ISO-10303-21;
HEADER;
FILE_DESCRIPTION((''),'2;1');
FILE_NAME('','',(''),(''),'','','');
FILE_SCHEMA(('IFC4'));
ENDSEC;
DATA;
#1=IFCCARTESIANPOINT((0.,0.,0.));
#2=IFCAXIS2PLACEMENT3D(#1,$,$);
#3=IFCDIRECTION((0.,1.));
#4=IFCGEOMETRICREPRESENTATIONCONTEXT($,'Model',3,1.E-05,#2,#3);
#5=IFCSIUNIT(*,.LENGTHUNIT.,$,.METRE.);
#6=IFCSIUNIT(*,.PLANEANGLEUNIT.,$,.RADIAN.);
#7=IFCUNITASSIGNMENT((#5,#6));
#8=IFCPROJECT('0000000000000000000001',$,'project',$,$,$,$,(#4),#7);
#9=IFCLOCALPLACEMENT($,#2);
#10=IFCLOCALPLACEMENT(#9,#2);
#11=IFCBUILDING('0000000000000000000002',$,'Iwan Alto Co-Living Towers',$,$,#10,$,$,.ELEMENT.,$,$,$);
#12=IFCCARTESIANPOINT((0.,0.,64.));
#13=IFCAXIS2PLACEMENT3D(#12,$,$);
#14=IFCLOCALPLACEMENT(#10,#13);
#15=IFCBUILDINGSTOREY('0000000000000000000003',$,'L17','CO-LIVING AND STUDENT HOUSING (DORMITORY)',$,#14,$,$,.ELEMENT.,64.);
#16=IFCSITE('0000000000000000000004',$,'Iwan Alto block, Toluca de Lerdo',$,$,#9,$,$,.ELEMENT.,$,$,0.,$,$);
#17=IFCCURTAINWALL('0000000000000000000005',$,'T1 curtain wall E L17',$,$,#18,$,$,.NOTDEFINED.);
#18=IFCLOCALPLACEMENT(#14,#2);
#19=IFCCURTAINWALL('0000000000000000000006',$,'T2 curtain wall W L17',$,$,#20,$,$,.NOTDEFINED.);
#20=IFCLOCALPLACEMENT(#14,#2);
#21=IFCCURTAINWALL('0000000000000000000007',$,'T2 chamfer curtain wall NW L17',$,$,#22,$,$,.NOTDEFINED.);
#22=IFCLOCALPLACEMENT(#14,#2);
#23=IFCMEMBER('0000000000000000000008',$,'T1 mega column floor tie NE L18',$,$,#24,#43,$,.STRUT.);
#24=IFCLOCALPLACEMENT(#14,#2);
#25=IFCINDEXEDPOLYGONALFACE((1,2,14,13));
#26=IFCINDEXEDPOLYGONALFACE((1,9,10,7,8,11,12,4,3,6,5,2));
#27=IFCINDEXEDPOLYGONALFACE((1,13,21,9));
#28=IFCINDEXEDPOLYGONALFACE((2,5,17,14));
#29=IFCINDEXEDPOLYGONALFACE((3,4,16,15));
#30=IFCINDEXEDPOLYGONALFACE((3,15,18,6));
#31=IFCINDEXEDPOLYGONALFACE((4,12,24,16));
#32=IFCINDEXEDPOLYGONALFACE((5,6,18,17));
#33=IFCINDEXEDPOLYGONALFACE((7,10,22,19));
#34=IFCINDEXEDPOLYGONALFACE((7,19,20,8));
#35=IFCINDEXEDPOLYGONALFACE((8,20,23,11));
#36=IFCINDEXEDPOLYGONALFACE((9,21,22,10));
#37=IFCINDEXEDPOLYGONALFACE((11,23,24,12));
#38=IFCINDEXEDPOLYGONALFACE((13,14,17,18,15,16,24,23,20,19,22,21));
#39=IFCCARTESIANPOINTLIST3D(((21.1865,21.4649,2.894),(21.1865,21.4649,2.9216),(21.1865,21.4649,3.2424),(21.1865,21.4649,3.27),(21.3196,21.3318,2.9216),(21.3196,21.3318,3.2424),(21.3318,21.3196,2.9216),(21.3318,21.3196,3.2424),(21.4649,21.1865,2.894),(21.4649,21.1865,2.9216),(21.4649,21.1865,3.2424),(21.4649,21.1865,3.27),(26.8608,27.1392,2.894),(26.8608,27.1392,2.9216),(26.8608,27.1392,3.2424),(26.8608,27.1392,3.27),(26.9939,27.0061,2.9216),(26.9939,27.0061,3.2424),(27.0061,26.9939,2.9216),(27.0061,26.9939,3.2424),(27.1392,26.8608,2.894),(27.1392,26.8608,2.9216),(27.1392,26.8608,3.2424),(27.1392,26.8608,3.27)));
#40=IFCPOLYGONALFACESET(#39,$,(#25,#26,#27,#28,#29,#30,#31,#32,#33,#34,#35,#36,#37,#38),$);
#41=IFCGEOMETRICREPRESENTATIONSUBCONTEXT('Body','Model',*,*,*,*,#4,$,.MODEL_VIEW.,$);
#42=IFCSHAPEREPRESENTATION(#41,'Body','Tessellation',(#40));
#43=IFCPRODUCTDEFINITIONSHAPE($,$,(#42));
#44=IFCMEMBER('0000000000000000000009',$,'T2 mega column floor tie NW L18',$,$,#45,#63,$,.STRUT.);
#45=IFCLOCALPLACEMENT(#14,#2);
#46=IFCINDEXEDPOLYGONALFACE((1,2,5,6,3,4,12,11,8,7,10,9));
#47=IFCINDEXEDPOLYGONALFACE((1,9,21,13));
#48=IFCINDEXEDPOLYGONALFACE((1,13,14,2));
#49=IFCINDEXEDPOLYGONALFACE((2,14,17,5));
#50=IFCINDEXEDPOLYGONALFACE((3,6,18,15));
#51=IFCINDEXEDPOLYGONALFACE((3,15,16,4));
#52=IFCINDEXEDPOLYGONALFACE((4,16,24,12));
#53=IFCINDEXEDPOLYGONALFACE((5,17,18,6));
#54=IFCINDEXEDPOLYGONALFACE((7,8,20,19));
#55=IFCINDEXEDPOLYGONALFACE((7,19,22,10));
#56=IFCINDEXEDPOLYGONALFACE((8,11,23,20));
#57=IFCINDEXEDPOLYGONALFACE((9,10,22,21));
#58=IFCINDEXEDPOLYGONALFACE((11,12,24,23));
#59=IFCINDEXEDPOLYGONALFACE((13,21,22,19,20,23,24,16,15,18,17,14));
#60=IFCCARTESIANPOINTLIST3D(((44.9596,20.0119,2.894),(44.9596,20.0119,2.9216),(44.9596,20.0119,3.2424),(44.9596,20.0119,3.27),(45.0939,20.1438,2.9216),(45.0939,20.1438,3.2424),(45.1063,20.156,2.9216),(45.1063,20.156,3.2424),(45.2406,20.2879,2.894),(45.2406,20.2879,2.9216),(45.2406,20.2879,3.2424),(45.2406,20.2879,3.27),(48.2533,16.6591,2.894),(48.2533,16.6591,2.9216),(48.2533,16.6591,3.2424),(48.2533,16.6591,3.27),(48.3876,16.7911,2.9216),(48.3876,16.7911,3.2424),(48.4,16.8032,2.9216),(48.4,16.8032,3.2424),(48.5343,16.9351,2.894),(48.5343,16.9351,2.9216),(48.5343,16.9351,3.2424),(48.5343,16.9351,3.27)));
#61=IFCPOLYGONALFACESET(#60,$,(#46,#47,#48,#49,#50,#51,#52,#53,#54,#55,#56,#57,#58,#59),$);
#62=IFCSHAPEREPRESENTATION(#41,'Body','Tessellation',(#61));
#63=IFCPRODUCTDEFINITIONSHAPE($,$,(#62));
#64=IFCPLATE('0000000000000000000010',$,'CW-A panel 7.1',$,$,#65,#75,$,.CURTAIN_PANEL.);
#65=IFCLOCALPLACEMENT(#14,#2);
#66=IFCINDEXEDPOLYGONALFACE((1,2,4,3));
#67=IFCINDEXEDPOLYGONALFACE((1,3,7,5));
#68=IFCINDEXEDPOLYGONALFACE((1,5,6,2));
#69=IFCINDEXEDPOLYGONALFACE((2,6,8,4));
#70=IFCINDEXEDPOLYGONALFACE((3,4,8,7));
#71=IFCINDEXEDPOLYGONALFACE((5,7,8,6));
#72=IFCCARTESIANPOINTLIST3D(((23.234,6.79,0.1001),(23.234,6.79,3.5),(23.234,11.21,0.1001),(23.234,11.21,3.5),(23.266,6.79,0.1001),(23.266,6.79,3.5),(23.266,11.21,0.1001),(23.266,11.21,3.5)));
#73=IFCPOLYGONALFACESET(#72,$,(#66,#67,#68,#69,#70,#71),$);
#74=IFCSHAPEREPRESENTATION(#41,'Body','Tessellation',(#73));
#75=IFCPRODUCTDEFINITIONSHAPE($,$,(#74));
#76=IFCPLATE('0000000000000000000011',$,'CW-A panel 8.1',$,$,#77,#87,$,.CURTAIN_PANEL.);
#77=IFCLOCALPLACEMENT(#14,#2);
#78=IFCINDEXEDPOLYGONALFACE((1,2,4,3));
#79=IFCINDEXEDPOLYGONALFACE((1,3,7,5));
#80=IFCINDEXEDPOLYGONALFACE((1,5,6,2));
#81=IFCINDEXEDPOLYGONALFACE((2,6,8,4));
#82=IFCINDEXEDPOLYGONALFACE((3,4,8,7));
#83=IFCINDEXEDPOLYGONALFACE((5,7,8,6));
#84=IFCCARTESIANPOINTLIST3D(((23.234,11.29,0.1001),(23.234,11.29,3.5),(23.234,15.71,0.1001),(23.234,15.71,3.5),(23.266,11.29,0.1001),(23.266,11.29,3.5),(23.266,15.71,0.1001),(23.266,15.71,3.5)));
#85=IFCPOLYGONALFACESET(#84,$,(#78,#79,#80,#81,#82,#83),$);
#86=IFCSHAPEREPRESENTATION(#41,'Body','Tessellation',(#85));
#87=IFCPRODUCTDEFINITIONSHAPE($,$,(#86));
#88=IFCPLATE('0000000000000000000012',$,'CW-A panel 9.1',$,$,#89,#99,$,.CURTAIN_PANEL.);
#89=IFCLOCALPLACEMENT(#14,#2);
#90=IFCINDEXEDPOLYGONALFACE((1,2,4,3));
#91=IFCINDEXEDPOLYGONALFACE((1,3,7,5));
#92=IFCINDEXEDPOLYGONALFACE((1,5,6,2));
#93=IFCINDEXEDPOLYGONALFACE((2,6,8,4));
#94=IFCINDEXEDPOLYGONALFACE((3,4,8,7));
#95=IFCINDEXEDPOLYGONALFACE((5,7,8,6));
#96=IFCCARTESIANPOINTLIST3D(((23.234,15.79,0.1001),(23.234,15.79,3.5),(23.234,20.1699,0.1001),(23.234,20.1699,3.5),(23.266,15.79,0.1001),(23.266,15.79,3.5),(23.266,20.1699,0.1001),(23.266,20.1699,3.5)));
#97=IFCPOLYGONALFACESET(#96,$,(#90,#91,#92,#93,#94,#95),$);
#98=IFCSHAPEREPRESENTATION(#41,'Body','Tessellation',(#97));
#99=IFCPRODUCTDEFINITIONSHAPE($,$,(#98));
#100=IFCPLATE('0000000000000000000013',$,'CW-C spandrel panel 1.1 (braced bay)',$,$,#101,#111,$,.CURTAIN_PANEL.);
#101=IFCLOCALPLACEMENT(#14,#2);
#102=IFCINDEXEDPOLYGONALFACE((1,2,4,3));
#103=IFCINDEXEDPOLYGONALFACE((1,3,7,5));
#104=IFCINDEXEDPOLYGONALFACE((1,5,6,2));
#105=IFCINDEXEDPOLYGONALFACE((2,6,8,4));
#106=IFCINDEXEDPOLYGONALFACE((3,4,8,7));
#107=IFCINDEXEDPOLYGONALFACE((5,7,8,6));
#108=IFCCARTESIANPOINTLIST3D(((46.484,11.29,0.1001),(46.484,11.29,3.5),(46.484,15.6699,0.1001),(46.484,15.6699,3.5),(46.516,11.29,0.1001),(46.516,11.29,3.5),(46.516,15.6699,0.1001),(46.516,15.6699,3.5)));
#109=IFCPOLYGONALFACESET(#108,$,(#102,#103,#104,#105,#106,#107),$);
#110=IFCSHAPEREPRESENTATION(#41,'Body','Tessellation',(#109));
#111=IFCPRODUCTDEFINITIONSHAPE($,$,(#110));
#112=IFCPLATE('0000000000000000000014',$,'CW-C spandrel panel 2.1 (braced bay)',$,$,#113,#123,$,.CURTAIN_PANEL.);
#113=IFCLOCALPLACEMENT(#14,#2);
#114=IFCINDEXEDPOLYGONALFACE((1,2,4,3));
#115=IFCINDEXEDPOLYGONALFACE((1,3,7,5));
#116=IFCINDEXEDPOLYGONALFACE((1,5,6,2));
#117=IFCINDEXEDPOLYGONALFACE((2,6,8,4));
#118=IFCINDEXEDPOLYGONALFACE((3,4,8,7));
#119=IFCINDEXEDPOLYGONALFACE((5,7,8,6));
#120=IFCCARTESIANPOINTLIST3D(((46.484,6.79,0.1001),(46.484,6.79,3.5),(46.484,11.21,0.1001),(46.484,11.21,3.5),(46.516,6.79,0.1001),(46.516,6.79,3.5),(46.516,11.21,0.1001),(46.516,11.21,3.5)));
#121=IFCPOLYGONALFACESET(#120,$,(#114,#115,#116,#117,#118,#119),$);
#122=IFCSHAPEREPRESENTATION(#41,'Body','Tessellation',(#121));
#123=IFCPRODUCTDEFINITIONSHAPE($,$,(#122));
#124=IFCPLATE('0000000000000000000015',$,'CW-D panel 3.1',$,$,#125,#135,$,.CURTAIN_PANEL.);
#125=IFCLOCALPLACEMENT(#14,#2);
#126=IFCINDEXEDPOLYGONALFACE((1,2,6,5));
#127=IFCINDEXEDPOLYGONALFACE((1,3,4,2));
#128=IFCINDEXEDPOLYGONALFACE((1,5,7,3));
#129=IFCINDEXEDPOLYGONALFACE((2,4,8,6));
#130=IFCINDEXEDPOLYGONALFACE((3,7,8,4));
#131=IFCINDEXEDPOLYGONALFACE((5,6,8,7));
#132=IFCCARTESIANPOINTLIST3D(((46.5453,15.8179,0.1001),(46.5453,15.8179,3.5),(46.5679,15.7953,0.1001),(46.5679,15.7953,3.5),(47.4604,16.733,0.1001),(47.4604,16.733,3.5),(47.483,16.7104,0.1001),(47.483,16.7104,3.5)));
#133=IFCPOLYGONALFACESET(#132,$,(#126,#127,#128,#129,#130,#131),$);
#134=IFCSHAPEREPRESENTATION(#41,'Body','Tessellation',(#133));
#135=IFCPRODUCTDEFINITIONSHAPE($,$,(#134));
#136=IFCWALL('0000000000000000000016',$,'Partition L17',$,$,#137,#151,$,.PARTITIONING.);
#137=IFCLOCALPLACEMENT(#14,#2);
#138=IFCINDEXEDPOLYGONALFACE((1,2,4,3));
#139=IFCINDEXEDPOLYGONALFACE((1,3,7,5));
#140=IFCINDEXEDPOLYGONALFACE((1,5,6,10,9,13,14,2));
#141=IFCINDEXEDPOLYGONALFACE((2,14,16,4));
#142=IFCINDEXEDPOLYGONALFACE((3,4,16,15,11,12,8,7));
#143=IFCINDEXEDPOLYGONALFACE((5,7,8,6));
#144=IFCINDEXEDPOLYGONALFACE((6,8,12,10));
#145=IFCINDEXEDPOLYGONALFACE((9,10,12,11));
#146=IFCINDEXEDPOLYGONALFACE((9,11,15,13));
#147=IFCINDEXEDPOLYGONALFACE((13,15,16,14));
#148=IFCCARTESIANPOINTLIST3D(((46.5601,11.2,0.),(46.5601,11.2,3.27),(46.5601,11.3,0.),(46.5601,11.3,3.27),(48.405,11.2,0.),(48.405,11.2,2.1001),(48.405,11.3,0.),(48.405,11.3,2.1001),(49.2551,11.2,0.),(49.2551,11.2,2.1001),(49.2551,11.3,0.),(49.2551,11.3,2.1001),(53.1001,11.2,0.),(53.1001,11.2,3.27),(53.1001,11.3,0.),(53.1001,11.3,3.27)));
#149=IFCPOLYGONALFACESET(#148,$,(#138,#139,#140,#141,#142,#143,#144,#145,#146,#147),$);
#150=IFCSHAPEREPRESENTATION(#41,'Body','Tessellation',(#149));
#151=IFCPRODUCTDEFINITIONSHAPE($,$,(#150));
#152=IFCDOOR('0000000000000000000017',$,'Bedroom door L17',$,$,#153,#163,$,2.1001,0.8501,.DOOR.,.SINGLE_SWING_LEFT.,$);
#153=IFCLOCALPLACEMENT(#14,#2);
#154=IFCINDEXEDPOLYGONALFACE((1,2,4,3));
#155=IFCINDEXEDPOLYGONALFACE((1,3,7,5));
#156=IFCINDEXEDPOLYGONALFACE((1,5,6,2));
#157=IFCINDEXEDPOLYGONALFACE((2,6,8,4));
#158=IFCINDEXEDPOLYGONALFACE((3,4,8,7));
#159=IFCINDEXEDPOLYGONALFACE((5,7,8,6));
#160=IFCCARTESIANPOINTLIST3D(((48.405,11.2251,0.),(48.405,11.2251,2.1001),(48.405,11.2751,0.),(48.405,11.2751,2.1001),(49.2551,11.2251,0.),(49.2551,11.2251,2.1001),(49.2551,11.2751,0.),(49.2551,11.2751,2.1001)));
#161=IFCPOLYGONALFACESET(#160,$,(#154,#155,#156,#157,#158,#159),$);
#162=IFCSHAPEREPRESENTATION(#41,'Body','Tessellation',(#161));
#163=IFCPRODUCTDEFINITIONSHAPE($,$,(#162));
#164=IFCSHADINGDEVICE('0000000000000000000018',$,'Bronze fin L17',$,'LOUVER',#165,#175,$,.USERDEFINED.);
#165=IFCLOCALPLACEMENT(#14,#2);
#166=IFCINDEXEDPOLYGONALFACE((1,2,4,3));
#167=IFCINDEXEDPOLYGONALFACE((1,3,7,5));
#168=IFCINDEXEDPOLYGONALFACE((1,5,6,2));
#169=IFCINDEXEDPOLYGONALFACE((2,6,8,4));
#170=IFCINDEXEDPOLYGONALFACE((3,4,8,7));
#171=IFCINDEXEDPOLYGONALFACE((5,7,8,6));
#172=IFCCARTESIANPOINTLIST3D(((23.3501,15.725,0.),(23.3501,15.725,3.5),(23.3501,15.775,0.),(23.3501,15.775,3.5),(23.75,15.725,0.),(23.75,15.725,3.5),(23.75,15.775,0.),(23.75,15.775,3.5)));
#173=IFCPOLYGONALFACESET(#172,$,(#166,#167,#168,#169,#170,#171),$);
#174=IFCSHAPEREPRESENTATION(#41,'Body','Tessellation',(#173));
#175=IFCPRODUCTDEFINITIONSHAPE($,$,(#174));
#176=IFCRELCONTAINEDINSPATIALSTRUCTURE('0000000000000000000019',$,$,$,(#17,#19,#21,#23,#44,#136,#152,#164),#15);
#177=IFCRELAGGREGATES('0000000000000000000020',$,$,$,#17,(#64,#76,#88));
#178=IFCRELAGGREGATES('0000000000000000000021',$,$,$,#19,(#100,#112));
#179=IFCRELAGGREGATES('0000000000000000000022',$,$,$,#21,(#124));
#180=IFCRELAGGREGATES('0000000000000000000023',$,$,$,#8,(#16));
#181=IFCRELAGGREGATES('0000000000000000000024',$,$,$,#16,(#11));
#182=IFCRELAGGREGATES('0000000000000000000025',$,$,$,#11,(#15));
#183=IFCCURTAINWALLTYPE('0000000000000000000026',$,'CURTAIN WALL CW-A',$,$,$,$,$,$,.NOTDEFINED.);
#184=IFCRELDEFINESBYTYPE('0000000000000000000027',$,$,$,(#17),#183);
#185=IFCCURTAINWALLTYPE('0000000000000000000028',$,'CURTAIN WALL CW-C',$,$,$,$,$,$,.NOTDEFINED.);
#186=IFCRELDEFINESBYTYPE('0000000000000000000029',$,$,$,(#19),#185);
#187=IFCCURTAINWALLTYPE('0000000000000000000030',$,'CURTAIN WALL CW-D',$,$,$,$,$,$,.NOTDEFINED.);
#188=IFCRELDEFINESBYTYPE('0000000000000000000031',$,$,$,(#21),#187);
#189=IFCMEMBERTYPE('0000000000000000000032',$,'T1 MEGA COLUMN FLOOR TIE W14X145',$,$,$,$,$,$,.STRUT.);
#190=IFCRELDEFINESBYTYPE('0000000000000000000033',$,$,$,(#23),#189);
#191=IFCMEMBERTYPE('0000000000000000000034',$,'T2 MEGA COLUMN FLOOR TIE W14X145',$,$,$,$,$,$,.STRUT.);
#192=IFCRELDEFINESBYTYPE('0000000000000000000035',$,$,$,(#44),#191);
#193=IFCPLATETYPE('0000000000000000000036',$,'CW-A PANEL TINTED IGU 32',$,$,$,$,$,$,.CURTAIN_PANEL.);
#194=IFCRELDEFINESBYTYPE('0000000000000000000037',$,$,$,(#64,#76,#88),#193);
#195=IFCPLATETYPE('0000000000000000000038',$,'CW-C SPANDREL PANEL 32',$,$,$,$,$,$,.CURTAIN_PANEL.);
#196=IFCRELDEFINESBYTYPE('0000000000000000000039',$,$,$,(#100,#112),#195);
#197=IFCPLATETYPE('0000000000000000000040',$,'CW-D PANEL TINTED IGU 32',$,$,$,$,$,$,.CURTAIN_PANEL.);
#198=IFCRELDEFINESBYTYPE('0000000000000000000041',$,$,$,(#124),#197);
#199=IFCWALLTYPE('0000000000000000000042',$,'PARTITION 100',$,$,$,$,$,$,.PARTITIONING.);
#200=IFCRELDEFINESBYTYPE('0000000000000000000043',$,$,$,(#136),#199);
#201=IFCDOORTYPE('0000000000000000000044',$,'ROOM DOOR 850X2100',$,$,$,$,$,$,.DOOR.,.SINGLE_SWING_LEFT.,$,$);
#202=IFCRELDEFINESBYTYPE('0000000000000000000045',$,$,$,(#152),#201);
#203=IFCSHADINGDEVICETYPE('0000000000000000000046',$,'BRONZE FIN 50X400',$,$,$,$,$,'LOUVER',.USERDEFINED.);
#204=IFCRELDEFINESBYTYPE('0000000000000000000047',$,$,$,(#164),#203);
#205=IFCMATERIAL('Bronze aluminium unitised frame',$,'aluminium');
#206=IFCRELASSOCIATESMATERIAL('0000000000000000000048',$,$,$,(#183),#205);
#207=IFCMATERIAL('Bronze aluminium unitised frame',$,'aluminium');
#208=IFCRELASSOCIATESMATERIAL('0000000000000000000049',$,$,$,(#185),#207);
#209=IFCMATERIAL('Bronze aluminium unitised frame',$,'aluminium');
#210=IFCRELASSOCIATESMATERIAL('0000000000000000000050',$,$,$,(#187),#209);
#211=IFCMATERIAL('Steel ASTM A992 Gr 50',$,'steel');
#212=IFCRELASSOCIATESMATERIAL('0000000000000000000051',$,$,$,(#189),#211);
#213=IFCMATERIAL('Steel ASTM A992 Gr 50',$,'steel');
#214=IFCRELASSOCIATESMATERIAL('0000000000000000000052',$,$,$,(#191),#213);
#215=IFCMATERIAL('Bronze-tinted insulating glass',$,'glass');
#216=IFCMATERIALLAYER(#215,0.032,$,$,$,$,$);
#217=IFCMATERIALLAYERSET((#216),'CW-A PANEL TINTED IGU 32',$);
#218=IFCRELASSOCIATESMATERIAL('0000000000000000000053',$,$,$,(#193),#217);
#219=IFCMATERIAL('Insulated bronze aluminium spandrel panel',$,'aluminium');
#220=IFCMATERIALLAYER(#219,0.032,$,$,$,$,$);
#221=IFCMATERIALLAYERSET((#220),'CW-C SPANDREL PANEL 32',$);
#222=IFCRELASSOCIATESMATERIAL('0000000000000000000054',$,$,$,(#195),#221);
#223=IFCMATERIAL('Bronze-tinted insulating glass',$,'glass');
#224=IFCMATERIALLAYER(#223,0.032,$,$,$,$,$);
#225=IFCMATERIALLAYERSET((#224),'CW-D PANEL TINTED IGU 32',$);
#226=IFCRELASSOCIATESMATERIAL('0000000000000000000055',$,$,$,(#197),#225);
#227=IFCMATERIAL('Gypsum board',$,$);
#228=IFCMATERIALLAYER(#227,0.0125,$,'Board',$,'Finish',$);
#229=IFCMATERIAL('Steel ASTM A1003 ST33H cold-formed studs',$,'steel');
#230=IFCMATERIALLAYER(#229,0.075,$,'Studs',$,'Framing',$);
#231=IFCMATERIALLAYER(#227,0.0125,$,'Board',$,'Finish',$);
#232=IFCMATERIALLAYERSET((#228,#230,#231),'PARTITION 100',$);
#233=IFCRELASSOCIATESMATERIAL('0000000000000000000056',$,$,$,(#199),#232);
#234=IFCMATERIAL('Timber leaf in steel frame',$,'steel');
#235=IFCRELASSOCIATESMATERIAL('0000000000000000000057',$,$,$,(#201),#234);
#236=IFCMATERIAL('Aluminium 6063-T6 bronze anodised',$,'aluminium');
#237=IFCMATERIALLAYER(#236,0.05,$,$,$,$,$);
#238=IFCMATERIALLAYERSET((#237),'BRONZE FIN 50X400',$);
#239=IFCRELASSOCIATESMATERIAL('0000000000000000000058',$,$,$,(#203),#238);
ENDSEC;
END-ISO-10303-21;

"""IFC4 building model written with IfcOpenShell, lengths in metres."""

from ifc_helpers import new_model, si_unit, direction, frame, frame_2d, origin, origin_2d, place, context, subcontext, project, spatial, rectangle, i_section, extrude, material, layer, layer_set, material_profile, profile_set, type_object, element, fill, aggregate, save


model = new_model("IFC4")

# Units and contexts
model_context = context("Model", 3, precision=1e-05, world=origin(), true_north=direction((0.0, 1.0)))
body_context = subcontext(model_context, "Body", "Model", "MODEL_VIEW")
ifc_project = project(units=[si_unit("LENGTHUNIT", "METRE"), si_unit("PLANEANGLEUNIT", "RADIAN")], contexts=[model_context])

# Site, building, storey
site_placement = place(None, origin())
site = spatial("IfcSite", under=ifc_project, at=site_placement, Name="Iwan Alto block, Toluca de Lerdo", CompositionType="ELEMENT", RefElevation=0.0)
building_placement = place(site_placement, origin())
building = spatial("IfcBuilding", under=site, at=building_placement, Name="Iwan Alto Co-Living Towers", CompositionType="ELEMENT")
storey_placement = place(building_placement, frame((0.0, 0.0, 64.0)))
storey = spatial("IfcBuildingStorey", under=building, at=storey_placement, Name="L17", Description="CO-LIVING AND STUDENT HOUSING (DORMITORY)", CompositionType="ELEMENT", Elevation=64.0)

# Curtain walls
ifc_material_1 = material(Name="Bronze aluminium unitised frame", Category="aluminium")
curtain_wall_type_1 = type_object("IfcCurtainWallType", Name="CURTAIN WALL CW-A", PredefinedType="NOTDEFINED", material=ifc_material_1)
curtain_wall_1_placement = place(storey_placement, origin())
curtain_wall_1 = element("IfcCurtainWall", 1, at=curtain_wall_1_placement, inside=storey, type_object=curtain_wall_type_1, Name="T1 curtain wall E L17", PredefinedType="NOTDEFINED")
ifc_material_2 = material(Name="Bronze aluminium unitised frame", Category="aluminium")
curtain_wall_type_2 = type_object("IfcCurtainWallType", Name="CURTAIN WALL CW-C", PredefinedType="NOTDEFINED", material=ifc_material_2)
curtain_wall_2_placement = place(storey_placement, origin())
curtain_wall_2 = element("IfcCurtainWall", 2, at=curtain_wall_2_placement, inside=storey, type_object=curtain_wall_type_2, Name="T2 curtain wall W L17", PredefinedType="NOTDEFINED")

# Curtain wall
ifc_material_3 = material(Name="Bronze aluminium unitised frame", Category="aluminium")
curtain_wall_type_3 = type_object("IfcCurtainWallType", Name="CURTAIN WALL CW-D", PredefinedType="NOTDEFINED", material=ifc_material_3)
curtain_wall_3_placement = place(storey_placement, origin())
curtain_wall_3 = element("IfcCurtainWall", 3, at=curtain_wall_3_placement, inside=storey, type_object=curtain_wall_type_3, Name="T2 chamfer curtain wall NW L17", PredefinedType="NOTDEFINED")

# Members
ifc_material_4 = material(Name="Steel ASTM A992 Gr 50", Category="steel")
ifc_material_profile_1 = material_profile(ifc_material_4, i_section(OverallWidth=0.3938, OverallDepth=0.376, WebThickness=0.0173, FlangeThickness=0.0276, at=origin_2d()), Name="W14X145")
ifc_profile_set_1 = profile_set([ifc_material_profile_1], Name="Steel ASTM A992 Gr 50")
member_type_1 = type_object("IfcMemberType", Name="T1 MEGA COLUMN FLOOR TIE W14X145", PredefinedType="STRUT", material=ifc_profile_set_1)
member_1_placement = place(storey_placement, frame((27.0, 27.0, 3.082), z_axis=(-0.707107, -0.707107, 0.0), x_axis=(0.707107, -0.707107, 0.0)))
element("IfcMember", 4, at=member_1_placement, inside=storey, type_object=member_type_1, Name="T1 mega column floor tie NE L18", PredefinedType="STRUT", context=body_context, shape_type="SweptSolid", body=[
    extrude(i_section(OverallWidth=0.3938, OverallDepth=0.376, WebThickness=0.0173, FlangeThickness=0.0276, at=origin_2d()), origin(), (0.0, 0.0, 1.0), 8.0247),
])
ifc_material_5 = material(Name="Steel ASTM A992 Gr 50", Category="steel")
ifc_material_profile_2 = material_profile(ifc_material_5, i_section(OverallWidth=0.3938, OverallDepth=0.376, WebThickness=0.0173, FlangeThickness=0.0276, at=origin_2d()), Name="W14X145")
ifc_profile_set_2 = profile_set([ifc_material_profile_2], Name="Steel ASTM A992 Gr 50")
member_type_2 = type_object("IfcMemberType", Name="T2 MEGA COLUMN FLOOR TIE W14X145", PredefinedType="STRUT", material=ifc_profile_set_2)
member_2_placement = place(storey_placement, frame((45.1001, 20.1499, 3.082), z_axis=(0.700793, -0.713364, 0.0), x_axis=(0.713364, 0.700793, 0.0)))
element("IfcMember", 5, at=member_2_placement, inside=storey, type_object=member_type_2, Name="T2 mega column floor tie NW L18", PredefinedType="STRUT", context=body_context, shape_type="SweptSolid", body=[
    extrude(i_section(OverallWidth=0.3938, OverallDepth=0.376, WebThickness=0.0173, FlangeThickness=0.0276, at=origin_2d()), origin(), (0.0, 0.0, 1.0), 4.7),
])

# Plates
ifc_material_6 = material(Name="Bronze-tinted insulating glass", Category="glass")
ifc_layer_1 = layer(ifc_material_6, 0.032)
ifc_layer_set_1 = layer_set([ifc_layer_1], Name="CW-A PANEL TINTED IGU 32")
plate_type_1 = type_object("IfcPlateType", Name="CW-A PANEL TINTED IGU 32", PredefinedType="CURTAIN_PANEL", material=ifc_layer_set_1)
plate_1_placement = place(storey_placement, frame((23.25, 9.0, 0.1001), z_axis=(0.0, 0.0, 1.0), x_axis=(0.0, 1.0, 0.0)))
plate_1 = element("IfcPlate", 6, at=plate_1_placement, type_object=plate_type_1, Name="CW-A panel 7.1", PredefinedType="CURTAIN_PANEL", context=body_context, shape_type="SweptSolid", body=[
    extrude(rectangle(XDim=4.4199, YDim=0.032, at=origin_2d()), origin(), (0.0, 0.0, 1.0), 3.3999),
])
plate_2_placement = place(storey_placement, frame((23.25, 13.5, 0.1001), z_axis=(0.0, 0.0, 1.0), x_axis=(0.0, 1.0, 0.0)))
plate_2 = element("IfcPlate", 7, at=plate_2_placement, type_object=plate_type_1, Name="CW-A panel 8.1", PredefinedType="CURTAIN_PANEL", context=body_context, shape_type="SweptSolid", body=[
    extrude(rectangle(XDim=4.4199, YDim=0.032, at=origin_2d()), origin(), (0.0, 0.0, 1.0), 3.3999),
])
plate_3_placement = place(storey_placement, frame((23.25, 17.98, 0.1001), z_axis=(0.0, 0.0, 1.0), x_axis=(0.0, 1.0, 0.0)))
plate_3 = element("IfcPlate", 8, at=plate_3_placement, type_object=plate_type_1, Name="CW-A panel 9.1", PredefinedType="CURTAIN_PANEL", context=body_context, shape_type="SweptSolid", body=[
    extrude(rectangle(XDim=4.3799, YDim=0.032, at=origin_2d()), origin(), (0.0, 0.0, 1.0), 3.3999),
])
aggregate(curtain_wall_1, [plate_1, plate_2, plate_3])
ifc_material_7 = material(Name="Insulated bronze aluminium spandrel panel", Category="aluminium")
ifc_layer_2 = layer(ifc_material_7, 0.032)
ifc_layer_set_2 = layer_set([ifc_layer_2], Name="CW-C SPANDREL PANEL 32")
plate_type_2 = type_object("IfcPlateType", Name="CW-C SPANDREL PANEL 32", PredefinedType="CURTAIN_PANEL", material=ifc_layer_set_2)
plate_4_placement = place(storey_placement, frame((46.5, 13.48, 0.1001), z_axis=(0.0, 0.0, 1.0), x_axis=(0.0, -1.0, 0.0)))
plate_4 = element("IfcPlate", 9, at=plate_4_placement, type_object=plate_type_2, Name="CW-C spandrel panel 1.1 (braced bay)", PredefinedType="CURTAIN_PANEL", context=body_context, shape_type="SweptSolid", body=[
    extrude(rectangle(XDim=4.3799, YDim=0.032, at=origin_2d()), origin(), (0.0, 0.0, 1.0), 3.3999),
])
plate_5_placement = place(storey_placement, frame((46.5, 9.0, 0.1001), z_axis=(0.0, 0.0, 1.0), x_axis=(0.0, -1.0, 0.0)))
plate_5 = element("IfcPlate", 10, at=plate_5_placement, type_object=plate_type_2, Name="CW-C spandrel panel 2.1 (braced bay)", PredefinedType="CURTAIN_PANEL", context=body_context, shape_type="SweptSolid", body=[
    extrude(rectangle(XDim=4.4199, YDim=0.032, at=origin_2d()), origin(), (0.0, 0.0, 1.0), 3.3999),
])
aggregate(curtain_wall_2, [plate_4, plate_5])
ifc_material_8 = material(Name="Bronze-tinted insulating glass", Category="glass")
ifc_layer_3 = layer(ifc_material_8, 0.032)
ifc_layer_set_3 = layer_set([ifc_layer_3], Name="CW-D PANEL TINTED IGU 32")
plate_type_3 = type_object("IfcPlateType", Name="CW-D PANEL TINTED IGU 32", PredefinedType="CURTAIN_PANEL", material=ifc_layer_set_3)
plate_6_placement = place(storey_placement, frame((47.0142, 16.2642, 0.1001), z_axis=(0.0, 0.0, 1.0), x_axis=(-0.707107, -0.707107, 0.0)))
plate_6 = element("IfcPlate", 11, at=plate_6_placement, type_object=plate_type_3, Name="CW-D panel 3.1", PredefinedType="CURTAIN_PANEL", context=body_context, shape_type="SweptSolid", body=[
    extrude(rectangle(XDim=1.2942, YDim=0.032, at=origin_2d()), origin(), (0.0, 0.0, 1.0), 3.3999),
])
aggregate(curtain_wall_3, [plate_6])

# Wall, opening, door
ifc_material_9 = material(Name="Gypsum board")
ifc_layer_4 = layer(ifc_material_9, 0.0125, Name="Board", Category="Finish")
ifc_material_10 = material(Name="Steel ASTM A1003 ST33H cold-formed studs", Category="steel")
ifc_layer_5 = layer(ifc_material_10, 0.075, Name="Studs", Category="Framing")
ifc_layer_6 = layer(ifc_material_9, 0.0125, Name="Board", Category="Finish")
ifc_layer_set_4 = layer_set([ifc_layer_4, ifc_layer_5, ifc_layer_6], Name="PARTITION 100")
wall_type = type_object("IfcWallType", Name="PARTITION 100", PredefinedType="PARTITIONING", material=ifc_layer_set_4)
wall_placement = place(storey_placement, frame((46.5601, 11.25, 0.0), z_axis=(0.0, 0.0, 1.0), x_axis=(1.0, 0.0, 0.0)))
wall = element("IfcWall", 12, at=wall_placement, inside=storey, type_object=wall_type, Name="Partition L17", PredefinedType="PARTITIONING", context=body_context, shape_type="SweptSolid", body=[
    extrude(rectangle(XDim=6.54, YDim=0.1001, at=frame_2d((3.27, 0.0))), origin(), (0.0, 0.0, 1.0), 3.27),
])
opening_placement = place(wall_placement, frame((1.845, 0.0, 0.0)))
opening = element("IfcOpeningElement", 13, at=opening_placement, cuts=wall, PredefinedType="OPENING", context=body_context, shape_type="SweptSolid", body=[
    extrude(rectangle(XDim=0.8501, YDim=2.1001, at=frame_2d((0.425, 1.05))), frame((0.0, 0.0601, 0.0), z_axis=(0.0, -1.0, 0.0), x_axis=(1.0, 0.0, 0.0)), (0.0, 0.0, 1.0), 0.1201),
])
ifc_material_11 = material(Name="Timber leaf in steel frame", Category="steel")
door_type = type_object("IfcDoorType", Name="ROOM DOOR 850X2100", OperationType="SINGLE_SWING_LEFT", PredefinedType="DOOR", material=ifc_material_11)
door_placement = place(opening_placement, frame((0.8501, 0.0, 0.0), z_axis=(0.0, 0.0, 1.0), x_axis=(-1.0, 0.0, 0.0)))
door = element("IfcDoor", 14, at=door_placement, inside=storey, type_object=door_type, Name="Bedroom door L17", OperationType="SINGLE_SWING_LEFT", OverallHeight=2.1001, OverallWidth=0.8501, PredefinedType="DOOR", context=body_context, shape_type="SweptSolid", body=[
    extrude(rectangle(XDim=0.8501, YDim=2.1001, at=frame_2d((0.425, 1.05))), frame((0.0, 0.0249, 0.0), z_axis=(0.0, -1.0, 0.0), x_axis=(1.0, 0.0, 0.0)), (0.0, 0.0, 1.0), 0.05),
])
fill(opening, door)

# Shading device
ifc_material_12 = material(Name="Aluminium 6063-T6 bronze anodised", Category="aluminium")
ifc_layer_7 = layer(ifc_material_12, 0.05)
ifc_layer_set_5 = layer_set([ifc_layer_7], Name="BRONZE FIN 50X400")
shading_device_type = type_object("IfcShadingDeviceType", Name="BRONZE FIN 50X400", ElementType="LOUVER", PredefinedType="USERDEFINED", material=ifc_layer_set_5)
shading_device_placement = place(storey_placement, frame((23.55, 15.75, 0.0), z_axis=(0.0, 0.0, 1.0), x_axis=(0.0, 1.0, 0.0)))
element("IfcShadingDevice", 15, at=shading_device_placement, inside=storey, type_object=shading_device_type, Name="Bronze fin L17", ObjectType="LOUVER", PredefinedType="USERDEFINED", context=body_context, shape_type="SweptSolid", body=[
    extrude(rectangle(XDim=0.05, YDim=0.3999, at=origin_2d()), origin(), (0.0, 0.0, 1.0), 3.5),
])

save(model, "model.ifc")
